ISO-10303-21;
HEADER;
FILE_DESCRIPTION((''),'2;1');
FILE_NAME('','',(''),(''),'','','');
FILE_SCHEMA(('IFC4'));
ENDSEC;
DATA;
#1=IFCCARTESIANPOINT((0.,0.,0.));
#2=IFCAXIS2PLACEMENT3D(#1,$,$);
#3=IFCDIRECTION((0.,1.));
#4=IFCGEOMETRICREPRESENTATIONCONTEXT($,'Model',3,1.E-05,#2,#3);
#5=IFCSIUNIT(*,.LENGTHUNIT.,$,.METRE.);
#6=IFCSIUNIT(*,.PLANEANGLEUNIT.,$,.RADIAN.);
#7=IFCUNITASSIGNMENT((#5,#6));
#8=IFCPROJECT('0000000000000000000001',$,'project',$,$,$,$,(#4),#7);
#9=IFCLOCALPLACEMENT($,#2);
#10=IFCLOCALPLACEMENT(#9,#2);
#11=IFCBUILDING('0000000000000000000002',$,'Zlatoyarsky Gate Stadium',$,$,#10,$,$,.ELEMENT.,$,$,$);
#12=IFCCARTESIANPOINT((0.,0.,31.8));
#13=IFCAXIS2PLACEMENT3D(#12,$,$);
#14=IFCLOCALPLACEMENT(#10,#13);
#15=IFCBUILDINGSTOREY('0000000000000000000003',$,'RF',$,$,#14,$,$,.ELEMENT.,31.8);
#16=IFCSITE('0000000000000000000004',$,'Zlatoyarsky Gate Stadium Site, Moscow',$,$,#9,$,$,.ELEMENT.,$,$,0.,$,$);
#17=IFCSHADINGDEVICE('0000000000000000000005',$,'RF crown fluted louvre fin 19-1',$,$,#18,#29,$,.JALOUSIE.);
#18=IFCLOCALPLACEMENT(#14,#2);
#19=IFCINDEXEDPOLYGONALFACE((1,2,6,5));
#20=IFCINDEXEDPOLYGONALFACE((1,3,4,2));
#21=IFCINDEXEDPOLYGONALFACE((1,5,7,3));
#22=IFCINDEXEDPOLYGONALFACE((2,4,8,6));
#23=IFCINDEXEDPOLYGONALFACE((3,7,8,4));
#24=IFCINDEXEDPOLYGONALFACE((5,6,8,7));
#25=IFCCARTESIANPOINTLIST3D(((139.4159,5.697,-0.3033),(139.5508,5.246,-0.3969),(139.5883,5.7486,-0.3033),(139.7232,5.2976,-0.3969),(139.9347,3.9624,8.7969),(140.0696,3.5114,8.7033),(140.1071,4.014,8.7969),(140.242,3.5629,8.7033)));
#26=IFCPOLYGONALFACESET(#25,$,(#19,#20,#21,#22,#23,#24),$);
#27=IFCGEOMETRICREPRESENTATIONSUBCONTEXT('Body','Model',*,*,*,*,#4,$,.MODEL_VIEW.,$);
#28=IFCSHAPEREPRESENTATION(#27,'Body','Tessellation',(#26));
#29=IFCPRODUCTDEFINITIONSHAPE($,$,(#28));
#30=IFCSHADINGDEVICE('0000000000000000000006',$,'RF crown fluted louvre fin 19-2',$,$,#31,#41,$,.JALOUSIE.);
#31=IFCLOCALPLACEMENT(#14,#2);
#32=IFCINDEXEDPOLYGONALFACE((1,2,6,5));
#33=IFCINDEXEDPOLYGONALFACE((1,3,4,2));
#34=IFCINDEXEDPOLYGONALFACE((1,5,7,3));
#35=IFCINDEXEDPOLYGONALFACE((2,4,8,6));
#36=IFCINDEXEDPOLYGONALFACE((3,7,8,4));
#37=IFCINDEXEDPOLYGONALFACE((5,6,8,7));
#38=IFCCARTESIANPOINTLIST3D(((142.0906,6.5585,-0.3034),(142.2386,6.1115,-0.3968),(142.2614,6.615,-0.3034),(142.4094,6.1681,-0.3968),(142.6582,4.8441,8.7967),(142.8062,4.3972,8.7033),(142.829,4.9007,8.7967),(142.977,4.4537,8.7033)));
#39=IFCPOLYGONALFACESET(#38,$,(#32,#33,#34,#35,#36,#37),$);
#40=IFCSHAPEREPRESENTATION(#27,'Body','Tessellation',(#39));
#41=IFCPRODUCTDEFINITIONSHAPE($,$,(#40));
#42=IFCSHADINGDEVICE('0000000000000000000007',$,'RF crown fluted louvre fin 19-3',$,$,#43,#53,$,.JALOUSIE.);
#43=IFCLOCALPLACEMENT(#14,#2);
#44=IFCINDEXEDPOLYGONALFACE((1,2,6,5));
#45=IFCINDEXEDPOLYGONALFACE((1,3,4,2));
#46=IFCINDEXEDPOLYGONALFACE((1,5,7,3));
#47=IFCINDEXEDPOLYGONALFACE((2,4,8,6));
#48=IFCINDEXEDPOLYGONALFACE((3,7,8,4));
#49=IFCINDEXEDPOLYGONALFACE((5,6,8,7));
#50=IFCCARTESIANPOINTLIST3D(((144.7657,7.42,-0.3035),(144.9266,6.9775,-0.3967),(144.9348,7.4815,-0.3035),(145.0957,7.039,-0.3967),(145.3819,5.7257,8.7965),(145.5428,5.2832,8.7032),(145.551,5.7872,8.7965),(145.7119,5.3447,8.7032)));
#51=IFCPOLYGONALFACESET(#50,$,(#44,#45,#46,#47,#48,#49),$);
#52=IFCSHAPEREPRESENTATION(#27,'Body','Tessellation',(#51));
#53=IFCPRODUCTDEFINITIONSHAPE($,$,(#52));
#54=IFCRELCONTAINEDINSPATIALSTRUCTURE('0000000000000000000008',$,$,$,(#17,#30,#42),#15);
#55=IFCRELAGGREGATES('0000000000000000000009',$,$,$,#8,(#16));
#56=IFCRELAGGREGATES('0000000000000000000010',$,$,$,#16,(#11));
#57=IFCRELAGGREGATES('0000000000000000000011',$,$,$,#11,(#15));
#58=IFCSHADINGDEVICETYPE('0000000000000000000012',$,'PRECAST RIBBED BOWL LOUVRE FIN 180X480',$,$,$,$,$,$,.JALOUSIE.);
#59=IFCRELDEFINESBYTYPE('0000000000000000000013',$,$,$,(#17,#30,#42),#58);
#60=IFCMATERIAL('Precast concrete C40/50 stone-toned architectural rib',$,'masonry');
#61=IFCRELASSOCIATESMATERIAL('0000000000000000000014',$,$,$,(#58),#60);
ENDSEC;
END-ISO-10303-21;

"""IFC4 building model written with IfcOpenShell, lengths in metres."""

from ifc_helpers import new_model, si_unit, direction, frame, origin, origin_2d, place, context, subcontext, project, spatial, rectangle, extrude, material, material_profile, profile_set, type_object, element, save


model = new_model("IFC4")

# Units and contexts
model_context = context("Model", 3, precision=1e-05, world=origin(), true_north=direction((0.0, 1.0)))
body_context = subcontext(model_context, "Body", "Model", "MODEL_VIEW")
ifc_project = project(units=[si_unit("LENGTHUNIT", "METRE"), si_unit("PLANEANGLEUNIT", "RADIAN")], contexts=[model_context])

# Site, building, storey
site_placement = place(None, origin())
site = spatial("IfcSite", under=ifc_project, at=site_placement, Name="Zlatoyarsky Gate Stadium Site, Moscow", CompositionType="ELEMENT", RefElevation=0.0)
building_placement = place(site_placement, origin())
building = spatial("IfcBuilding", under=site, at=building_placement, Name="Zlatoyarsky Gate Stadium", CompositionType="ELEMENT")
storey_placement = place(building_placement, frame((0.0, 0.0, 31.8)))
storey = spatial("IfcBuildingStorey", under=building, at=storey_placement, Name="RF", CompositionType="ELEMENT", Elevation=31.8)

# Shading devices
ifc_material_1 = material(Name="Precast concrete C40/50 stone-toned architectural rib", Category="masonry")
ifc_material_profile_1 = material_profile(ifc_material_1, rectangle(XDim=0.1799, YDim=0.48, at=origin_2d()), Name="RIB 180X480")
ifc_profile_set_1 = profile_set([ifc_material_profile_1], Name="Precast concrete C40/50 stone-toned architectural rib")
shading_device_type = type_object("IfcShadingDeviceType", Name="PRECAST RIBBED BOWL LOUVRE FIN 180X480", PredefinedType="JALOUSIE", material=ifc_profile_set_1)
shading_device_1_placement = place(storey_placement, frame((139.5696, 5.4973, -0.3501), z_axis=(0.055914, -0.186951, 0.980777), x_axis=(0.958067, 0.286544, 0.0)))
element("IfcShadingDevice", 1, at=shading_device_1_placement, inside=storey, type_object=shading_device_type, Name="RF crown fluted louvre fin 19-1", PredefinedType="JALOUSIE", context=body_context, shape_type="SweptSolid", body=[
    extrude(rectangle(XDim=0.1799, YDim=0.48, at=origin_2d()), origin(), (0.0, 0.0, 1.0), 9.2786),
])
shading_device_2_placement = place(storey_placement, frame((142.25, 6.3633, -0.3501), z_axis=(0.061183, -0.184785, 0.980873), x_axis=(0.949317, 0.314321, 0.0)))
element("IfcShadingDevice", 2, at=shading_device_2_placement, inside=storey, type_object=shading_device_type, Name="RF crown fluted louvre fin 19-2", PredefinedType="JALOUSIE", context=body_context, shape_type="SweptSolid", body=[
    extrude(rectangle(XDim=0.1799, YDim=0.48, at=origin_2d()), origin(), (0.0, 0.0, 1.0), 9.2776),
])
shading_device_3_placement = place(storey_placement, frame((144.9307, 7.2295, -0.3501), z_axis=(0.066424, -0.182639, 0.980934), x_axis=(0.939778, 0.341787, 0.0)))
element("IfcShadingDevice", 3, at=shading_device_3_placement, inside=storey, type_object=shading_device_type, Name="RF crown fluted louvre fin 19-3", PredefinedType="JALOUSIE", context=body_context, shape_type="SweptSolid", body=[
    extrude(rectangle(XDim=0.1799, YDim=0.48, at=origin_2d()), origin(), (0.0, 0.0, 1.0), 9.2769),
])

save(model, "model.ifc")
